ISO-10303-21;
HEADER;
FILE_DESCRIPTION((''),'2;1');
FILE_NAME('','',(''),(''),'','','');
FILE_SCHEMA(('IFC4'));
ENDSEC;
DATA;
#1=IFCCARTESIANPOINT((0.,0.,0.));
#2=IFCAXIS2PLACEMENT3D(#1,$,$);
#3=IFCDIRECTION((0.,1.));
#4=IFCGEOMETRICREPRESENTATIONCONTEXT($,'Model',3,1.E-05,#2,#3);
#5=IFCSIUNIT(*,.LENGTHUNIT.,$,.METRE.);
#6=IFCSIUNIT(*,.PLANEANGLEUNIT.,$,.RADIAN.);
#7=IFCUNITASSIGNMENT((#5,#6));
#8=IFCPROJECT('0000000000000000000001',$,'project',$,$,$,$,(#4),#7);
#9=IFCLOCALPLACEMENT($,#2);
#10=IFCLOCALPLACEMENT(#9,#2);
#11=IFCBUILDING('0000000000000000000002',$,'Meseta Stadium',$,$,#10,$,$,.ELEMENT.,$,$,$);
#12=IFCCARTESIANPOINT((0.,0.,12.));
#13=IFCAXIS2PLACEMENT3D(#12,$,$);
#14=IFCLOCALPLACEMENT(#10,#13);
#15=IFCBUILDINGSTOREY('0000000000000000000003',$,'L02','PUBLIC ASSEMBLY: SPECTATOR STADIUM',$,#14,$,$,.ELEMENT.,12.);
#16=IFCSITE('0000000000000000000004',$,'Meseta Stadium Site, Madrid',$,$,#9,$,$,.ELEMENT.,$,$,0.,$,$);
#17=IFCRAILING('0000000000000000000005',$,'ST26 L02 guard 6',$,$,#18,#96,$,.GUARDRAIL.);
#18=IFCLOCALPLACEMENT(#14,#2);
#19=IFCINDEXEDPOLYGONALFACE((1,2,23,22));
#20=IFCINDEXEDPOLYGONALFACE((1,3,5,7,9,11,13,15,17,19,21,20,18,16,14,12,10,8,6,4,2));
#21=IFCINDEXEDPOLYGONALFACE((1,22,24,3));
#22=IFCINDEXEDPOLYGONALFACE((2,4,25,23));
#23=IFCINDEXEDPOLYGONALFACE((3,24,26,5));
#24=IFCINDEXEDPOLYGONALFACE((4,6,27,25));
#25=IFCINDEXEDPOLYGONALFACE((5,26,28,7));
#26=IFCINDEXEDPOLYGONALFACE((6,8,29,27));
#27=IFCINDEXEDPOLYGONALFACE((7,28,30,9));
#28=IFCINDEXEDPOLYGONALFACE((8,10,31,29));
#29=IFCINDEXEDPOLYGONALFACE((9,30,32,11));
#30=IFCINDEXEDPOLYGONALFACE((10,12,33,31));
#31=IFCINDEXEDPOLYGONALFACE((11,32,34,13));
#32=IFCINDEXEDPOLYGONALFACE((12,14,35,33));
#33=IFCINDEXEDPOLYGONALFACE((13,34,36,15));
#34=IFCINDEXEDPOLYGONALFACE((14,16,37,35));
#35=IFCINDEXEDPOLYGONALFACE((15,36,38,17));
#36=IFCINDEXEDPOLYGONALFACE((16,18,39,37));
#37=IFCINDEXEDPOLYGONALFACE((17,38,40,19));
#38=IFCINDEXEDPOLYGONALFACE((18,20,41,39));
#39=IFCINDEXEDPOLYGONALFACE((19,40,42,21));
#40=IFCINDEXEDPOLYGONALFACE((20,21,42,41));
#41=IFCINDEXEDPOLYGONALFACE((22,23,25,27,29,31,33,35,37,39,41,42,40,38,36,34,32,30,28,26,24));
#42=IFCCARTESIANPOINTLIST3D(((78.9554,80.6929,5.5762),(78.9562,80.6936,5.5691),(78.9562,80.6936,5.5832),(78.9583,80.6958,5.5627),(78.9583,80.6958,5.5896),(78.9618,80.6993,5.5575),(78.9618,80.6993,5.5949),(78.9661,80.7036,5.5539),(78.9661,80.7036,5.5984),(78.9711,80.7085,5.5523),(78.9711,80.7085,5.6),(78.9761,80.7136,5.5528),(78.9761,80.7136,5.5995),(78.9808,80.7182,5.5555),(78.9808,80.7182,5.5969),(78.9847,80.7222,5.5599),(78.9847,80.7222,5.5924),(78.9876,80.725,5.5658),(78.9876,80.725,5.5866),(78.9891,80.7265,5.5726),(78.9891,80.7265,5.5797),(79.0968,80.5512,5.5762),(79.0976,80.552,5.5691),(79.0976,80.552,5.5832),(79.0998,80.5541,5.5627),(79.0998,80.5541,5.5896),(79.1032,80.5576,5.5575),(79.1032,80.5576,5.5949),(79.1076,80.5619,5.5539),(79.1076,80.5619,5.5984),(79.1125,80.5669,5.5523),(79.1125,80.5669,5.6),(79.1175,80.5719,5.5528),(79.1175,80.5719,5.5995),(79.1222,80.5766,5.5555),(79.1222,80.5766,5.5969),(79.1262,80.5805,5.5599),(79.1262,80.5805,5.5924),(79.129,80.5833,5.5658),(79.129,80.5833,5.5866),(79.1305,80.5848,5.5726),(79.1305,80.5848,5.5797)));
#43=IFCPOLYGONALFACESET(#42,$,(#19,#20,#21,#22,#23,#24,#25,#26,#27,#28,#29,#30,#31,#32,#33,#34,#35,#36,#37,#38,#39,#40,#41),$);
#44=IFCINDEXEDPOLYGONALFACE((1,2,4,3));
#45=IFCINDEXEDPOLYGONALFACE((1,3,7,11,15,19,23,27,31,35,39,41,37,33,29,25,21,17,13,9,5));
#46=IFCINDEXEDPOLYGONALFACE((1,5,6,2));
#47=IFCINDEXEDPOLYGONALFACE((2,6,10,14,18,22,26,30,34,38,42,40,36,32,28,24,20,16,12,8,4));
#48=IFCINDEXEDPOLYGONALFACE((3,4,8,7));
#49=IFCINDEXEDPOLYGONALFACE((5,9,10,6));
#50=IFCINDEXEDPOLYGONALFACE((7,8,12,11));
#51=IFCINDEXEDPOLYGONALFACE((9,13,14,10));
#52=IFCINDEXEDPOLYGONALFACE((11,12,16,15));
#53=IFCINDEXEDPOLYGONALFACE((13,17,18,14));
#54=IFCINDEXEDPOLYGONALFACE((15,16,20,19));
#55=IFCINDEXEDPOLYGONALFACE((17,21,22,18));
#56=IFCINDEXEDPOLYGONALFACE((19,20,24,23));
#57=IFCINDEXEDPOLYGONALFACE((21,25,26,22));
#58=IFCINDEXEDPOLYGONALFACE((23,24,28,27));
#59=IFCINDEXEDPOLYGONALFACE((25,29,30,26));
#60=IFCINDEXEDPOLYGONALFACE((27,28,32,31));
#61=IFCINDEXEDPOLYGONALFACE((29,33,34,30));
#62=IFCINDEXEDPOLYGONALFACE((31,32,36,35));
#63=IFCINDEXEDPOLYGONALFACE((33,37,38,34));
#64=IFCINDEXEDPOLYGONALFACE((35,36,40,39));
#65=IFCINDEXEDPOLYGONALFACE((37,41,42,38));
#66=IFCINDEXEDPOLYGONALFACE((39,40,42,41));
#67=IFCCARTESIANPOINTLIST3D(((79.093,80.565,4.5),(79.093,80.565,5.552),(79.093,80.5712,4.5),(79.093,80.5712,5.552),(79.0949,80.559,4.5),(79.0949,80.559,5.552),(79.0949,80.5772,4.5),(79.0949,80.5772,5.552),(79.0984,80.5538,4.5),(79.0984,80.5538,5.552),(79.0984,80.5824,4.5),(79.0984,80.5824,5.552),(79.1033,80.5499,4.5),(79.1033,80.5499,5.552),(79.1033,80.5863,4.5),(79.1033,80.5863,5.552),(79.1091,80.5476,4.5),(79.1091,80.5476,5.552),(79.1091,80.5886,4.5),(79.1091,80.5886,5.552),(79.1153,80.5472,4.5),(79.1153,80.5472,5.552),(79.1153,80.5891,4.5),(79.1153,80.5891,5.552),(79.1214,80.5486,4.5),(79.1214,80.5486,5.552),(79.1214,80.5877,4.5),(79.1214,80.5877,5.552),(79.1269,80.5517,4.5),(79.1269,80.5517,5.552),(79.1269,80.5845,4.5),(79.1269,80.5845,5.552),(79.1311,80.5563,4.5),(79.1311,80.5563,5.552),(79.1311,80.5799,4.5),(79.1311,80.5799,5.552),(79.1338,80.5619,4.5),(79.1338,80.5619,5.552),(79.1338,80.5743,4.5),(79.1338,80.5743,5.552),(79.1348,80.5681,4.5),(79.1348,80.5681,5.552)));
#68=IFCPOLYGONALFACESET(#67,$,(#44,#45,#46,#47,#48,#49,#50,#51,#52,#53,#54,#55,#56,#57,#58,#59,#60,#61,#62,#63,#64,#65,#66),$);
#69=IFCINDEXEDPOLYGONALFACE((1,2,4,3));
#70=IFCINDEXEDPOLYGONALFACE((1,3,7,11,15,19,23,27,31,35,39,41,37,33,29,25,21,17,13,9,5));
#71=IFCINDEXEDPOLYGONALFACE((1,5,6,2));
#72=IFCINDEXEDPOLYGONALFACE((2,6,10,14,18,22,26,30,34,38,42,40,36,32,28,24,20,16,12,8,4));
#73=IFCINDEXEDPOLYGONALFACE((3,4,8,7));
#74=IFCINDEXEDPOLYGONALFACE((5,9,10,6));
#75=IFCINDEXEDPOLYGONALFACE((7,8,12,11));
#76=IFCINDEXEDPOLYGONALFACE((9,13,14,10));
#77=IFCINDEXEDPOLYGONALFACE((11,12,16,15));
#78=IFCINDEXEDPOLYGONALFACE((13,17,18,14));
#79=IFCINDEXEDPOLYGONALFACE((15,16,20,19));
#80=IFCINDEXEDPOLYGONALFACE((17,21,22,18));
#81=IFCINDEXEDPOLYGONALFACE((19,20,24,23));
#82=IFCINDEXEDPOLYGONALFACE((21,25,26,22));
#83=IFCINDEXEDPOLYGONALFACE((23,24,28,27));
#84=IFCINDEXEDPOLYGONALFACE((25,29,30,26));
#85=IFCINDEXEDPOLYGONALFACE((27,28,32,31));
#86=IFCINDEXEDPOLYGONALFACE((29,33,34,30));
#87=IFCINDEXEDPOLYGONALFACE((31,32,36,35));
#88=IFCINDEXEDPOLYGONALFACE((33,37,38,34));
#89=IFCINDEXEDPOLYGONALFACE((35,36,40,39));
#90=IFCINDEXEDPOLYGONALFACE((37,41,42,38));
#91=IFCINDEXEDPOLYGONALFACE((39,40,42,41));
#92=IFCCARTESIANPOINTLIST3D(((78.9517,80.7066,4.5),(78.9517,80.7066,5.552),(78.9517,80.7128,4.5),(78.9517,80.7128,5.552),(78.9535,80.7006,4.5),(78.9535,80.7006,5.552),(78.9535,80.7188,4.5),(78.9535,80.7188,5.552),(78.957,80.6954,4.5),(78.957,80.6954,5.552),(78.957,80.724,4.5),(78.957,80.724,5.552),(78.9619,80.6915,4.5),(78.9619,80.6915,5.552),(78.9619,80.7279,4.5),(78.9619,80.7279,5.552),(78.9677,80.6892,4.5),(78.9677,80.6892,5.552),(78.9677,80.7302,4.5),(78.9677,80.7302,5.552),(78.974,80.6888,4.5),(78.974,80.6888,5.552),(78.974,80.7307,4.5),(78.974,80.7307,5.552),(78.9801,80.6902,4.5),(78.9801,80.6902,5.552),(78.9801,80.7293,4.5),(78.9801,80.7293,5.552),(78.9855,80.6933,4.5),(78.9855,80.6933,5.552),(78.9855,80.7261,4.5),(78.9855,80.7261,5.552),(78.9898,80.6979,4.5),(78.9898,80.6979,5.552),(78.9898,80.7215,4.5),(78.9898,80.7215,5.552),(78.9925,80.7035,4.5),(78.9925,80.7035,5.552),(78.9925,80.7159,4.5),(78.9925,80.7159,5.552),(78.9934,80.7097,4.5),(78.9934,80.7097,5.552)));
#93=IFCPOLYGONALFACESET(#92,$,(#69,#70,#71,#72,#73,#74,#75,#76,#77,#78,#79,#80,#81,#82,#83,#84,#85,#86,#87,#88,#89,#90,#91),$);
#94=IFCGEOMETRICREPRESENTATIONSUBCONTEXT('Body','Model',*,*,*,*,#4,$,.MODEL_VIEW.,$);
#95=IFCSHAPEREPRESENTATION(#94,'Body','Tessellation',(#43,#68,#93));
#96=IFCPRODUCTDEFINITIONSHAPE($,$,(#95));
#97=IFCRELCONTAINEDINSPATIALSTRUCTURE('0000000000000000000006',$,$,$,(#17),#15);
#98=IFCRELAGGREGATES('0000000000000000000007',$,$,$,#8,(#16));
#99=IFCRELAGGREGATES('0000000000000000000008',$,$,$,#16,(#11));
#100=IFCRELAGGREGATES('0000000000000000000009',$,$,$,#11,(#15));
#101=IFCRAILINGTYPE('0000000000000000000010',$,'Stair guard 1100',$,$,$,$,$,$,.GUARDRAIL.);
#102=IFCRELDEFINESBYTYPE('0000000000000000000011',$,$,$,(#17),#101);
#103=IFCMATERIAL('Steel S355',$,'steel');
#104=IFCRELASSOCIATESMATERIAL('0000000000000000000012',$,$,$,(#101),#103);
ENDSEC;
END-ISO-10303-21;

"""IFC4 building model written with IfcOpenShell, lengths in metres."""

from ifc_helpers import new_model, si_unit, direction, frame, origin, origin_2d, place, context, subcontext, project, spatial, circle, extrude, material, type_object, element, save


model = new_model("IFC4")

# Units and contexts
model_context = context("Model", 3, precision=1e-05, world=origin(), true_north=direction((0.0, 1.0)))
body_context = subcontext(model_context, "Body", "Model", "MODEL_VIEW")
ifc_project = project(units=[si_unit("LENGTHUNIT", "METRE"), si_unit("PLANEANGLEUNIT", "RADIAN")], contexts=[model_context])

# Site, building, storey
site_placement = place(None, origin())
site = spatial("IfcSite", under=ifc_project, at=site_placement, Name="Meseta Stadium Site, Madrid", CompositionType="ELEMENT", RefElevation=0.0)
building_placement = place(site_placement, origin())
building = spatial("IfcBuilding", under=site, at=building_placement, Name="Meseta Stadium", CompositionType="ELEMENT")
storey_placement = place(building_placement, frame((0.0, 0.0, 12.0)))
storey = spatial("IfcBuildingStorey", under=building, at=storey_placement, Name="L02", Description="PUBLIC ASSEMBLY: SPECTATOR STADIUM", CompositionType="ELEMENT", Elevation=12.0)

# Railing
ifc_material_1 = material(Name="Steel S355", Category="steel")
railing_type_1 = type_object("IfcRailingType", Name="Stair guard 1100", PredefinedType="GUARDRAIL", material=ifc_material_1)
railing_1_placement = place(storey_placement, frame((79.1138, 80.5681, 4.5)))
element("IfcRailing", 1, at=railing_1_placement, inside=storey, type_object=railing_type_1, Name="ST26 L02 guard 6", PredefinedType="GUARDRAIL", context=body_context, shape_type="SweptSolid", body=[
    extrude(circle(Radius=0.0239, at=origin_2d()), frame((0.0, 0.0, 1.0762), z_axis=(-0.706496, 0.707717, 0.0), x_axis=(-0.707717, -0.706496, 0.0)), (0.0, 0.0, 1.0), 0.2002),
    extrude(circle(Radius=0.021, at=origin_2d()), origin(), (0.0, 0.0, 1.0), 1.052),
    extrude(circle(Radius=0.021, at=origin_2d()), frame((-0.1414, 0.1416, 0.0)), (0.0, 0.0, 1.0), 1.052),
])

save(model, "model.ifc")
